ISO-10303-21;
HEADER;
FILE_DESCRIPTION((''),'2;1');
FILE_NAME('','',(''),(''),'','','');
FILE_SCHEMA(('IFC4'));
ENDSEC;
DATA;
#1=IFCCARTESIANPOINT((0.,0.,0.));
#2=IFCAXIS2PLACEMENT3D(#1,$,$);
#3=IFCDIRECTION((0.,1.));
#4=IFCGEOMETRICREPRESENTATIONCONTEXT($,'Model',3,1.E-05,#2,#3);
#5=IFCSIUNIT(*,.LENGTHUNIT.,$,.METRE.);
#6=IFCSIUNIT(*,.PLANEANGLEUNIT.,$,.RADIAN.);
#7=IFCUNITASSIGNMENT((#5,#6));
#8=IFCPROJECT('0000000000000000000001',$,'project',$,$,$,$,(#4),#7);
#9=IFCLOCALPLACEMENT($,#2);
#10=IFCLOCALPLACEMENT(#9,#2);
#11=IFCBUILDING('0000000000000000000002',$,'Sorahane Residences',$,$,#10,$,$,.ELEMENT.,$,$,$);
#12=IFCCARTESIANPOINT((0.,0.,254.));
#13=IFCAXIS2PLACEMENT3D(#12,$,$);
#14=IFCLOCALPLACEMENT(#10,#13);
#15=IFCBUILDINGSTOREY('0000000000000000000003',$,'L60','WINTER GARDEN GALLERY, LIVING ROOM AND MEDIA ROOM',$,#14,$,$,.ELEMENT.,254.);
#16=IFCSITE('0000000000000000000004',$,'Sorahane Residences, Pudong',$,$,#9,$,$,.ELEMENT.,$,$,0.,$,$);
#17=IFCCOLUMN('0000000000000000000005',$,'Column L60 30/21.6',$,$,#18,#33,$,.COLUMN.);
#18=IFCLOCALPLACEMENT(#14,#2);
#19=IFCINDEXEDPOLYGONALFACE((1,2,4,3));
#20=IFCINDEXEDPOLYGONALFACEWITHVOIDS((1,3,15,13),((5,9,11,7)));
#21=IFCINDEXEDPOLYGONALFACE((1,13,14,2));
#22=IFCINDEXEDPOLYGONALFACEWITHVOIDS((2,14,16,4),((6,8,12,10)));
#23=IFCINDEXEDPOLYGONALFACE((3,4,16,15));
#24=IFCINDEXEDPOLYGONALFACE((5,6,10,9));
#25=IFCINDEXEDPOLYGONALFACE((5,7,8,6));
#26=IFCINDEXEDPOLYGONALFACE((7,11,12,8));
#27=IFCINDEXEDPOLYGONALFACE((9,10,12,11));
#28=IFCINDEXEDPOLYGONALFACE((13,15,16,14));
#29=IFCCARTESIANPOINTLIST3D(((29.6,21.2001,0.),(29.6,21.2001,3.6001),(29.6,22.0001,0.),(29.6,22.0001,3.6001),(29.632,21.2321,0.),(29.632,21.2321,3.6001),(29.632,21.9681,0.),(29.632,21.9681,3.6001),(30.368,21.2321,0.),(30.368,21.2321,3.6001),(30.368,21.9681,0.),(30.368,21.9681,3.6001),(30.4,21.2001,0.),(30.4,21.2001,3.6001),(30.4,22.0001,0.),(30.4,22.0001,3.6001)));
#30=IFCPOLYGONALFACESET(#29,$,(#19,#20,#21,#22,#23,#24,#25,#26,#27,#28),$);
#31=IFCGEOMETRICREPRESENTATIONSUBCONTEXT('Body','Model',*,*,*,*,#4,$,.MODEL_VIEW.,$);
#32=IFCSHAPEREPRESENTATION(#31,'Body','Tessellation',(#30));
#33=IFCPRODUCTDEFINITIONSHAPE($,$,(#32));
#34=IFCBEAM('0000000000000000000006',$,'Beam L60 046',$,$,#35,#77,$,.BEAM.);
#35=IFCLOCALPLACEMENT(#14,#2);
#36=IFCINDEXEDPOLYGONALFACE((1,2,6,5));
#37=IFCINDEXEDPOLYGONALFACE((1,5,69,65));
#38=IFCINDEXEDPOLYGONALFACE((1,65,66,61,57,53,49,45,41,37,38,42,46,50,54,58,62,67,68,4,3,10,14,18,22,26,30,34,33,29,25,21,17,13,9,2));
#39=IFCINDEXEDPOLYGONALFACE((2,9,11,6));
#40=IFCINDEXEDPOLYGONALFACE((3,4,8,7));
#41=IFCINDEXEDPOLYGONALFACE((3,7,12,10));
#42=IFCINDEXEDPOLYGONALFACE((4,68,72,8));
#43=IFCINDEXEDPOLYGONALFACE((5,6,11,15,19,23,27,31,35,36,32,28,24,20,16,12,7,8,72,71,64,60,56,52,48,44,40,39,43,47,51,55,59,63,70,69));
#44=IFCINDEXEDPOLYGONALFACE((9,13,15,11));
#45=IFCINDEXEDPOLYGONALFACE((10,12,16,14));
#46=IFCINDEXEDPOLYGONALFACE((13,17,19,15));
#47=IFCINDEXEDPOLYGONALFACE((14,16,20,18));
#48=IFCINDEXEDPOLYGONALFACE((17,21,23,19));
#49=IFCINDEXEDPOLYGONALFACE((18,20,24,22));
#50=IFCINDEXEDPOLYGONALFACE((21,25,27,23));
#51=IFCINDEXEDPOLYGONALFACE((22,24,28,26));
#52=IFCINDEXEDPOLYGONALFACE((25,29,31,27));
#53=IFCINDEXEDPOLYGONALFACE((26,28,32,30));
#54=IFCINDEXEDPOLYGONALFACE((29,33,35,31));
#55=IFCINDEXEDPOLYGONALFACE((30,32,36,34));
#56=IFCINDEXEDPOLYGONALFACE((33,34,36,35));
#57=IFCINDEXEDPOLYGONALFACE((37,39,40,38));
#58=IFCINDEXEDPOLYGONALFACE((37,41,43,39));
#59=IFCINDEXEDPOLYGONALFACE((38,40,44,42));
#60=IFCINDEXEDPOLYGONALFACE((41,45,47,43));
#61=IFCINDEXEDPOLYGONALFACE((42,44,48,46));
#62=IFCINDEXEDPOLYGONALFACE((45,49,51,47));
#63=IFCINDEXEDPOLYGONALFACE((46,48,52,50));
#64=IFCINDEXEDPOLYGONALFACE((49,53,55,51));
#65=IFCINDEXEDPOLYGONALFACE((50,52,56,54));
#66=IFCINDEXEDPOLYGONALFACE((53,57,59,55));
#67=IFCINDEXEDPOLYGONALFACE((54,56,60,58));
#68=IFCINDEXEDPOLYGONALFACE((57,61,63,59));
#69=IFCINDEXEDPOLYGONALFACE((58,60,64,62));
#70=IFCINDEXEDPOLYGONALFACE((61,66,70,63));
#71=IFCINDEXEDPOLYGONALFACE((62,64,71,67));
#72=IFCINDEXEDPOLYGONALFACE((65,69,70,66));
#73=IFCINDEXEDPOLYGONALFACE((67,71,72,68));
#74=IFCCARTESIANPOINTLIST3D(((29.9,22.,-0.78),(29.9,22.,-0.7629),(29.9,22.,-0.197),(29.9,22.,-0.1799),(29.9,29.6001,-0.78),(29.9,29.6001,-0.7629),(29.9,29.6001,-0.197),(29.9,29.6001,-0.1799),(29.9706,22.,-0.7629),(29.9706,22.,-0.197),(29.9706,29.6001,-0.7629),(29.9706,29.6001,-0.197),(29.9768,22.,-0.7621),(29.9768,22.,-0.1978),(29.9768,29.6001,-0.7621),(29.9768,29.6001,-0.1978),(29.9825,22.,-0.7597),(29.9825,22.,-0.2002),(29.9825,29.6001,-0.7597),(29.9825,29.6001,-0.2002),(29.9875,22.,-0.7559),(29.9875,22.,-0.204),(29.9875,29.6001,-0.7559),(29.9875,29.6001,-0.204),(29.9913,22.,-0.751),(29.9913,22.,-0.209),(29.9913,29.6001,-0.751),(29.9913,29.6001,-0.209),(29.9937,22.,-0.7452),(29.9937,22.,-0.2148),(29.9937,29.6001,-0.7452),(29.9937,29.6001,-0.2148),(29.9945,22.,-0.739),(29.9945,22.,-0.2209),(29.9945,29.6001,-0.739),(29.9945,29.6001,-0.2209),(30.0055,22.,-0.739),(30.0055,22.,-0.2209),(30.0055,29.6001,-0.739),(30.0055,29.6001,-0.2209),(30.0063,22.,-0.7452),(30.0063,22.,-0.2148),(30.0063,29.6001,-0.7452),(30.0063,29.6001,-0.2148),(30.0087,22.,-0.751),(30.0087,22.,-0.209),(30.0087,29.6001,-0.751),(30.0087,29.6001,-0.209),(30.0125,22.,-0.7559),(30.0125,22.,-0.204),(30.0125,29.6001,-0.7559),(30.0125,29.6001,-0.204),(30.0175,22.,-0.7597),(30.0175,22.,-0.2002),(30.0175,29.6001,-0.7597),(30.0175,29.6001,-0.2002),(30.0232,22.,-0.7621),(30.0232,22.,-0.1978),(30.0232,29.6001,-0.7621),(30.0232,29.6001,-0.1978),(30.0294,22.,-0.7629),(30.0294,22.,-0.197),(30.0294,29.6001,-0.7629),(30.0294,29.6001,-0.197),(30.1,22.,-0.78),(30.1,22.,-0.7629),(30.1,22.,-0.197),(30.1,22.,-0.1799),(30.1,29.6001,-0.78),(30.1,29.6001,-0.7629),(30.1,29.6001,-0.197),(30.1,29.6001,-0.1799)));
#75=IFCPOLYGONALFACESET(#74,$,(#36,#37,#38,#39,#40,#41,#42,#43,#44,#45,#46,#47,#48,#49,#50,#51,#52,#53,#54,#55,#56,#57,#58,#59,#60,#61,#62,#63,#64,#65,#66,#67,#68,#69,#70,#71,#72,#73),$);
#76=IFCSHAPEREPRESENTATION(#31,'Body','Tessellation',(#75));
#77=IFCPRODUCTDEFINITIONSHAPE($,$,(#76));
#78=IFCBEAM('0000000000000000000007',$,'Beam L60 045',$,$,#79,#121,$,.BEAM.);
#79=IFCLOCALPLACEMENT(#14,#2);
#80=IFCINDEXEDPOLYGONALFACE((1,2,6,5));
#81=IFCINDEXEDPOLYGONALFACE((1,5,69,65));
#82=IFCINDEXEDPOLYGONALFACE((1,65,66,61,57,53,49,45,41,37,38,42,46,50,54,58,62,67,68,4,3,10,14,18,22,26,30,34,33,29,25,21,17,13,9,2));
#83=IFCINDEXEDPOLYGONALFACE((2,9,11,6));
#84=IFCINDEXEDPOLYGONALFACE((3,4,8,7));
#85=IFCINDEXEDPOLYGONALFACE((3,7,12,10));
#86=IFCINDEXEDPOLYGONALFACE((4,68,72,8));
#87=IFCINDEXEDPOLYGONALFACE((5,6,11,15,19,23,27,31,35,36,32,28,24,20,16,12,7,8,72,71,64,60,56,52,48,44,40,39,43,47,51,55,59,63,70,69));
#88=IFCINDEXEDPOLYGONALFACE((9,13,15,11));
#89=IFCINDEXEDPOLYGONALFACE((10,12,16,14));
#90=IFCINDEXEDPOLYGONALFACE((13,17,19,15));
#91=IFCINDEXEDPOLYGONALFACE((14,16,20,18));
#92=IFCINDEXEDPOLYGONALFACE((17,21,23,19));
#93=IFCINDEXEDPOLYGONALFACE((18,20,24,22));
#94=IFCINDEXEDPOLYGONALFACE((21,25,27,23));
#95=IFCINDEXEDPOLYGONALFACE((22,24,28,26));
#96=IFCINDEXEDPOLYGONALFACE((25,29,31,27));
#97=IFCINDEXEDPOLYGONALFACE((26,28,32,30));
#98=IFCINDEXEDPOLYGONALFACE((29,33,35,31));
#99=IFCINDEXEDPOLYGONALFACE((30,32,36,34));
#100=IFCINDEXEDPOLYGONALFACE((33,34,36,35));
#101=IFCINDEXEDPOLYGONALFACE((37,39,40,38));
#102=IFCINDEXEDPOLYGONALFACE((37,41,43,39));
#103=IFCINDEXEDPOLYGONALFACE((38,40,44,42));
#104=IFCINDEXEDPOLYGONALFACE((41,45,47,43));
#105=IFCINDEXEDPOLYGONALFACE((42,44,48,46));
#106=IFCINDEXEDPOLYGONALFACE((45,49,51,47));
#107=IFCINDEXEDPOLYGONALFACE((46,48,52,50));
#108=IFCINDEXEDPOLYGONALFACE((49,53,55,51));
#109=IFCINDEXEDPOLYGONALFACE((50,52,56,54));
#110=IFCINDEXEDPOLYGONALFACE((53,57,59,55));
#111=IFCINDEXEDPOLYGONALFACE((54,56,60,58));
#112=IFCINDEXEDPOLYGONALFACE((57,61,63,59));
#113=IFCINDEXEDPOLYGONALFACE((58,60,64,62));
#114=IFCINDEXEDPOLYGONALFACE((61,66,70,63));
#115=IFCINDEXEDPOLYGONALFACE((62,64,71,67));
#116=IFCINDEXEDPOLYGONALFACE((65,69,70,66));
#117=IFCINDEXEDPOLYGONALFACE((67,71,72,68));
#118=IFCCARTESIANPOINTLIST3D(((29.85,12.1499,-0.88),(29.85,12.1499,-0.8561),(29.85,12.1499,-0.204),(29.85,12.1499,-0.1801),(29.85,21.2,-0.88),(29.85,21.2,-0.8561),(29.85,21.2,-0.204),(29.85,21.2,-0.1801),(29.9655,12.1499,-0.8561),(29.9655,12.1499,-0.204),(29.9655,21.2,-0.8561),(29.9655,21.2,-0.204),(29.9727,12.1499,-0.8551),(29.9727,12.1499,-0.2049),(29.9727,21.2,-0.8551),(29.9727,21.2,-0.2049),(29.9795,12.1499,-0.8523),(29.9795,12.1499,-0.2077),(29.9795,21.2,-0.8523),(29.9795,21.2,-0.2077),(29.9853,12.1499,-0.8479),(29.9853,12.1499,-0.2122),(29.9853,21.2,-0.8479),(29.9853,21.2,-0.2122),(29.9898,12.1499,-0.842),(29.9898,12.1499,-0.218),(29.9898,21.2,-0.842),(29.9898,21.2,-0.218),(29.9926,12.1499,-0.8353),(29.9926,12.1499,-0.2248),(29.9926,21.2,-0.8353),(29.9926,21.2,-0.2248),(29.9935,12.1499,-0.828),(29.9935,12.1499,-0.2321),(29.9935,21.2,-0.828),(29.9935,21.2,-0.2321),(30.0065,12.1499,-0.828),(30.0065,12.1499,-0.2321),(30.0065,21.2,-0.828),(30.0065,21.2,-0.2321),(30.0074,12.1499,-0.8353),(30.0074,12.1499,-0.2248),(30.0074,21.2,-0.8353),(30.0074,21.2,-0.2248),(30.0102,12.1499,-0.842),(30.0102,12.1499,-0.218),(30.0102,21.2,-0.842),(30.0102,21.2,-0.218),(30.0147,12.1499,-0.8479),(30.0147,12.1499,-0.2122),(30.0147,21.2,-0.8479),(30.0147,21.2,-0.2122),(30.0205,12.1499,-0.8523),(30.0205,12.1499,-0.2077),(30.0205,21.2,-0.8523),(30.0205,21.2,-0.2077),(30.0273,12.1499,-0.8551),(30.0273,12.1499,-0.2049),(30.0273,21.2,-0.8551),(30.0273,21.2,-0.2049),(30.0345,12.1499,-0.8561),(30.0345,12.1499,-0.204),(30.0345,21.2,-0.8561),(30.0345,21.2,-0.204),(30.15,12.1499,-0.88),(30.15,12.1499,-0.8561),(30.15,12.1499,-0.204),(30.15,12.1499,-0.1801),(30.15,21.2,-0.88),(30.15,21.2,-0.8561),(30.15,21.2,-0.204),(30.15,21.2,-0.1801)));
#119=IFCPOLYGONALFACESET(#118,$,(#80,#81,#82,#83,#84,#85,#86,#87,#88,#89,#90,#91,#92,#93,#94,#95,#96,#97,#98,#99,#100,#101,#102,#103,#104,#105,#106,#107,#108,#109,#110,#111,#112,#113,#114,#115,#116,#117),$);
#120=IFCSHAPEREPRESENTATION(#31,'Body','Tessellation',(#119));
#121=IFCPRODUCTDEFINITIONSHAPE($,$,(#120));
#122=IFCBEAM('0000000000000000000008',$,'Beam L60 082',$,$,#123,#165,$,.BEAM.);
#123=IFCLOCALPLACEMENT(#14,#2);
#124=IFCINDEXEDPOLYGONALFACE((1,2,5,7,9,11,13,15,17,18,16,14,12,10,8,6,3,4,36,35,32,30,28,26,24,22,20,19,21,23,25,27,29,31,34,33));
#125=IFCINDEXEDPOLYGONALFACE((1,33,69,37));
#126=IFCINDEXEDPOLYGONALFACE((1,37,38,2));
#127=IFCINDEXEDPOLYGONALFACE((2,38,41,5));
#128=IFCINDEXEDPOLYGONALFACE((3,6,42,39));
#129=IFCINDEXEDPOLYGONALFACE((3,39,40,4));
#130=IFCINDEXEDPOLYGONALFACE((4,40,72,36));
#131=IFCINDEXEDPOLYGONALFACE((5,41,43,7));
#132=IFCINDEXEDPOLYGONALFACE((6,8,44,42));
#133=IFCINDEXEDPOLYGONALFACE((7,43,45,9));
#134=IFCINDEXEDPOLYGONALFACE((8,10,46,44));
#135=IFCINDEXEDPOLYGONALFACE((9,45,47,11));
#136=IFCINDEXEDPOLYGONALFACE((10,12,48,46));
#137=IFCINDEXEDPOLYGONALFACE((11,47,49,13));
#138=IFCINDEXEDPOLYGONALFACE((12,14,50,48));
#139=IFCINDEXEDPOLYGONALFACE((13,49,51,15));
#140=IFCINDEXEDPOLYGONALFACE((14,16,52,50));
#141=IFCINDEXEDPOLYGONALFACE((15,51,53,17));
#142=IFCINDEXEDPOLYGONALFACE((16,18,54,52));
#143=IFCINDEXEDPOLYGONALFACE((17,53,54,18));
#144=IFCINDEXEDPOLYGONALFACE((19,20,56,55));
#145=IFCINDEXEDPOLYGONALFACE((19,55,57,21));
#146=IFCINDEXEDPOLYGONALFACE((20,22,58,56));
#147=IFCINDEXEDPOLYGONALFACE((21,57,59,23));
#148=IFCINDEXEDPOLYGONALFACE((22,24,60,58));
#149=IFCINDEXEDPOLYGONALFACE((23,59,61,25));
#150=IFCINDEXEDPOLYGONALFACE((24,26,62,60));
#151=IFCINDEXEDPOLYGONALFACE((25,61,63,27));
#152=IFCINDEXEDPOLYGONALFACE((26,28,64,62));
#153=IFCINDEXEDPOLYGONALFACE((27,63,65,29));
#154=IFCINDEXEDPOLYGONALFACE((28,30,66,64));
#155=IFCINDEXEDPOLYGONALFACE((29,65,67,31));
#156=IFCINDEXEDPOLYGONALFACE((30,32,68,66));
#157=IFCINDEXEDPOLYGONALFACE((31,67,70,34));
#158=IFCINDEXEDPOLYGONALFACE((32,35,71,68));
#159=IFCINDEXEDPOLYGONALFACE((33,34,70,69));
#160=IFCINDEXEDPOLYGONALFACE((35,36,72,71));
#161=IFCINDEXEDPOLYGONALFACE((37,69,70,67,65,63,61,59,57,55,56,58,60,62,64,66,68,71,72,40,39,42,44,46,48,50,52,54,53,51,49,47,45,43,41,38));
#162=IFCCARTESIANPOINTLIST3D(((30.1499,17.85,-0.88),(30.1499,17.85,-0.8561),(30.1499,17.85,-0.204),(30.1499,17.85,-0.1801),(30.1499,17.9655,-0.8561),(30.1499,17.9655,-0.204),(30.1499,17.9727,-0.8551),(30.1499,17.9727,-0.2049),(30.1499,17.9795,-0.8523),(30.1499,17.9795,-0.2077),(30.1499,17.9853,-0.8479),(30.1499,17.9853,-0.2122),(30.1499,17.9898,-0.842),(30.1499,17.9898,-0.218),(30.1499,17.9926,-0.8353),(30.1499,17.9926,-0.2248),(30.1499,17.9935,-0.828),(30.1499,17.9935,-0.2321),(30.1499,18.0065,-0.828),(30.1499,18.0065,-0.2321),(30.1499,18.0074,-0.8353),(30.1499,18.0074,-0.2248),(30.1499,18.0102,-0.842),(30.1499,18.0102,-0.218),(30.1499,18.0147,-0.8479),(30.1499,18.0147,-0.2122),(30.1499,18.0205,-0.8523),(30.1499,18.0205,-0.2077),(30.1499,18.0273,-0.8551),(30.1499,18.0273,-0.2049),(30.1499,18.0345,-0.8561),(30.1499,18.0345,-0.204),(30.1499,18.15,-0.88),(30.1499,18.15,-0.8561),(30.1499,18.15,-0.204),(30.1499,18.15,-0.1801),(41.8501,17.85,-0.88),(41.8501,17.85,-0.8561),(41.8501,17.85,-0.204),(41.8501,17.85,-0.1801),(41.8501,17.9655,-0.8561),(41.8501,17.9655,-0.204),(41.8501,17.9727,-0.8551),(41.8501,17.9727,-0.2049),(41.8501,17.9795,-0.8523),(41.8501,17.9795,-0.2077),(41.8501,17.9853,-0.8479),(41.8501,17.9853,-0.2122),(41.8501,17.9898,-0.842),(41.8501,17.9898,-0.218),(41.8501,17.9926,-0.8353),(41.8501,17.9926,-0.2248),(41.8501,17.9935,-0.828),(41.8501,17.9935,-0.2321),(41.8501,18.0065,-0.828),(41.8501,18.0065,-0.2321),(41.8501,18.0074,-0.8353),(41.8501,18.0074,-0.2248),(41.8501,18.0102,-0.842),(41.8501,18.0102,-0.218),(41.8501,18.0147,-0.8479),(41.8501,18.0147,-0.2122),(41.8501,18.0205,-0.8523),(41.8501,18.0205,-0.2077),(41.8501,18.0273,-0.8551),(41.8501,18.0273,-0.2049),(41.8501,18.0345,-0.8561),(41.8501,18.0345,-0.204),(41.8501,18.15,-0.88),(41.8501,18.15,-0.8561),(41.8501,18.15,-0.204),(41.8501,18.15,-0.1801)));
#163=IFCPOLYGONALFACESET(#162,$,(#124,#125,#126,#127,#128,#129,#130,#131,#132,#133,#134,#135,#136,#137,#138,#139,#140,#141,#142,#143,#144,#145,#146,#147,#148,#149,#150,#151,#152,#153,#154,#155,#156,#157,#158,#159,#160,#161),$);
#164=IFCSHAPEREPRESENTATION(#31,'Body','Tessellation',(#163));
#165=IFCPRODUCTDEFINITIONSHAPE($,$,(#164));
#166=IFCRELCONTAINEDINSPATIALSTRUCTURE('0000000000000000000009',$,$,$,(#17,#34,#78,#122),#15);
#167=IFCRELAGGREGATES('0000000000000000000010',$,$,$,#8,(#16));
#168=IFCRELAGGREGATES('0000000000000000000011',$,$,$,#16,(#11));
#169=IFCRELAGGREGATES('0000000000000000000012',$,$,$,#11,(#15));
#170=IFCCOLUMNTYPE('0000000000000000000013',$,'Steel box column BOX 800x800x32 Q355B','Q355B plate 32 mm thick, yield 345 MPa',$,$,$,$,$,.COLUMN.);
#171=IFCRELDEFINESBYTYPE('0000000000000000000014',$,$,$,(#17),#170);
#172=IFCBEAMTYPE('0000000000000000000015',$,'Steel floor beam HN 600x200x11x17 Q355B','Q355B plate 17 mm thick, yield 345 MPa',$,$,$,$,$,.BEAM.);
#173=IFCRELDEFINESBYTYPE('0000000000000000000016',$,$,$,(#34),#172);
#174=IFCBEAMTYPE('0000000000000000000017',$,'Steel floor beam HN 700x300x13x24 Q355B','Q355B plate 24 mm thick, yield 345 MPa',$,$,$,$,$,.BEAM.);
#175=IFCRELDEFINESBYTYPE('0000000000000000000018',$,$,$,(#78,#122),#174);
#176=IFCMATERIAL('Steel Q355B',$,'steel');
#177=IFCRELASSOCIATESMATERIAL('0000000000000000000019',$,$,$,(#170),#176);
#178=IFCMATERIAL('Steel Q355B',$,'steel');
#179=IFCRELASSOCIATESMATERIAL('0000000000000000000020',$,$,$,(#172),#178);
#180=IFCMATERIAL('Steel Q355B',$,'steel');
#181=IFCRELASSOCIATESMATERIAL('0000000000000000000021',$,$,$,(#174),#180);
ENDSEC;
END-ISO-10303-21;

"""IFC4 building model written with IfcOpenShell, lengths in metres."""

from ifc_helpers import new_model, si_unit, direction, frame, origin, origin_2d, place, context, subcontext, project, spatial, hollow_rectangle, i_section, extrude, material, material_profile, profile_set, type_object, element, save


model = new_model("IFC4")

# Units and contexts
model_context = context("Model", 3, precision=1e-05, world=origin(), true_north=direction((0.0, 1.0)))
body_context = subcontext(model_context, "Body", "Model", "MODEL_VIEW")
ifc_project = project(units=[si_unit("LENGTHUNIT", "METRE"), si_unit("PLANEANGLEUNIT", "RADIAN")], contexts=[model_context])

# Site, building, storey
site_placement = place(None, origin())
site = spatial("IfcSite", under=ifc_project, at=site_placement, Name="Sorahane Residences, Pudong", CompositionType="ELEMENT", RefElevation=0.0)
building_placement = place(site_placement, origin())
building = spatial("IfcBuilding", under=site, at=building_placement, Name="Sorahane Residences", CompositionType="ELEMENT")
storey_placement = place(building_placement, frame((0.0, 0.0, 254.0)))
storey = spatial("IfcBuildingStorey", under=building, at=storey_placement, Name="L60", Description="WINTER GARDEN GALLERY, LIVING ROOM AND MEDIA ROOM", CompositionType="ELEMENT", Elevation=254.0)

# Column
ifc_material_1 = material(Name="Steel Q355B", Category="steel")
ifc_material_profile_1 = material_profile(ifc_material_1, hollow_rectangle(XDim=0.8, YDim=0.8, WallThickness=0.032, at=origin_2d()), Name="BOX 800x800x32")
ifc_profile_set_1 = profile_set([ifc_material_profile_1], Name="Steel Q355B")
column_type = type_object("IfcColumnType", Name="Steel box column BOX 800x800x32 Q355B", Description="Q355B plate 32 mm thick, yield 345 MPa", PredefinedType="COLUMN", material=ifc_profile_set_1)
column_placement = place(storey_placement, frame((30.0, 21.6001, 0.0), z_axis=(0.0, 0.0, 1.0), x_axis=(1.0, 0.0, 0.0)))
element("IfcColumn", 1, at=column_placement, inside=storey, type_object=column_type, Name="Column L60 30/21.6", PredefinedType="COLUMN", context=body_context, shape_type="SweptSolid", body=[
    extrude(hollow_rectangle(XDim=0.8, YDim=0.8, WallThickness=0.032, at=origin_2d()), origin(), (0.0, 0.0, 1.0), 3.6001),
])

# Beams
ifc_material_2 = material(Name="Steel Q355B", Category="steel")
ifc_material_profile_2 = material_profile(ifc_material_2, i_section(OverallWidth=0.2, OverallDepth=0.6001, WebThickness=0.011, FlangeThickness=0.0171, FilletRadius=0.0239, at=origin_2d()), Name="HN 600x200x11x17")
ifc_profile_set_2 = profile_set([ifc_material_profile_2], Name="Steel Q355B")
beam_type_1 = type_object("IfcBeamType", Name="Steel floor beam HN 600x200x11x17 Q355B", Description="Q355B plate 17 mm thick, yield 345 MPa", PredefinedType="BEAM", material=ifc_profile_set_2)
beam_1_placement = place(storey_placement, frame((30.0, 22.0, -0.48), z_axis=(0.0, 1.0, 0.0), x_axis=(-1.0, 0.0, 0.0)))
element("IfcBeam", 2, at=beam_1_placement, inside=storey, type_object=beam_type_1, Name="Beam L60 046", PredefinedType="BEAM", context=body_context, shape_type="SweptSolid", body=[
    extrude(i_section(OverallWidth=0.2, OverallDepth=0.6001, WebThickness=0.011, FlangeThickness=0.0171, FilletRadius=0.0239, at=origin_2d()), origin(), (0.0, 0.0, 1.0), 7.6001),
])
ifc_material_3 = material(Name="Steel Q355B", Category="steel")
ifc_material_profile_3 = material_profile(ifc_material_3, i_section(OverallWidth=0.3, OverallDepth=0.7, WebThickness=0.0129, FlangeThickness=0.0239, FilletRadius=0.0281, at=origin_2d()), Name="HN 700x300x13x24")
ifc_profile_set_3 = profile_set([ifc_material_profile_3], Name="Steel Q355B")
beam_type_2 = type_object("IfcBeamType", Name="Steel floor beam HN 700x300x13x24 Q355B", Description="Q355B plate 24 mm thick, yield 345 MPa", PredefinedType="BEAM", material=ifc_profile_set_3)
beam_2_placement = place(storey_placement, frame((30.0, 12.1499, -0.53), z_axis=(0.0, 1.0, 0.0), x_axis=(-1.0, 0.0, 0.0)))
element("IfcBeam", 3, at=beam_2_placement, inside=storey, type_object=beam_type_2, Name="Beam L60 045", PredefinedType="BEAM", context=body_context, shape_type="SweptSolid", body=[
    extrude(i_section(OverallWidth=0.3, OverallDepth=0.7, WebThickness=0.0129, FlangeThickness=0.0239, FilletRadius=0.0281, at=origin_2d()), origin(), (0.0, 0.0, 1.0), 9.05),
])
beam_3_placement = place(storey_placement, frame((30.1499, 18.0, -0.53), z_axis=(1.0, 0.0, 0.0), x_axis=(0.0, 1.0, 0.0)))
element("IfcBeam", 4, at=beam_3_placement, inside=storey, type_object=beam_type_2, Name="Beam L60 082", PredefinedType="BEAM", context=body_context, shape_type="SweptSolid", body=[
    extrude(i_section(OverallWidth=0.3, OverallDepth=0.7, WebThickness=0.0129, FlangeThickness=0.0239, FilletRadius=0.0281, at=origin_2d()), origin(), (0.0, 0.0, 1.0), 11.7002),
])

save(model, "model.ifc")
